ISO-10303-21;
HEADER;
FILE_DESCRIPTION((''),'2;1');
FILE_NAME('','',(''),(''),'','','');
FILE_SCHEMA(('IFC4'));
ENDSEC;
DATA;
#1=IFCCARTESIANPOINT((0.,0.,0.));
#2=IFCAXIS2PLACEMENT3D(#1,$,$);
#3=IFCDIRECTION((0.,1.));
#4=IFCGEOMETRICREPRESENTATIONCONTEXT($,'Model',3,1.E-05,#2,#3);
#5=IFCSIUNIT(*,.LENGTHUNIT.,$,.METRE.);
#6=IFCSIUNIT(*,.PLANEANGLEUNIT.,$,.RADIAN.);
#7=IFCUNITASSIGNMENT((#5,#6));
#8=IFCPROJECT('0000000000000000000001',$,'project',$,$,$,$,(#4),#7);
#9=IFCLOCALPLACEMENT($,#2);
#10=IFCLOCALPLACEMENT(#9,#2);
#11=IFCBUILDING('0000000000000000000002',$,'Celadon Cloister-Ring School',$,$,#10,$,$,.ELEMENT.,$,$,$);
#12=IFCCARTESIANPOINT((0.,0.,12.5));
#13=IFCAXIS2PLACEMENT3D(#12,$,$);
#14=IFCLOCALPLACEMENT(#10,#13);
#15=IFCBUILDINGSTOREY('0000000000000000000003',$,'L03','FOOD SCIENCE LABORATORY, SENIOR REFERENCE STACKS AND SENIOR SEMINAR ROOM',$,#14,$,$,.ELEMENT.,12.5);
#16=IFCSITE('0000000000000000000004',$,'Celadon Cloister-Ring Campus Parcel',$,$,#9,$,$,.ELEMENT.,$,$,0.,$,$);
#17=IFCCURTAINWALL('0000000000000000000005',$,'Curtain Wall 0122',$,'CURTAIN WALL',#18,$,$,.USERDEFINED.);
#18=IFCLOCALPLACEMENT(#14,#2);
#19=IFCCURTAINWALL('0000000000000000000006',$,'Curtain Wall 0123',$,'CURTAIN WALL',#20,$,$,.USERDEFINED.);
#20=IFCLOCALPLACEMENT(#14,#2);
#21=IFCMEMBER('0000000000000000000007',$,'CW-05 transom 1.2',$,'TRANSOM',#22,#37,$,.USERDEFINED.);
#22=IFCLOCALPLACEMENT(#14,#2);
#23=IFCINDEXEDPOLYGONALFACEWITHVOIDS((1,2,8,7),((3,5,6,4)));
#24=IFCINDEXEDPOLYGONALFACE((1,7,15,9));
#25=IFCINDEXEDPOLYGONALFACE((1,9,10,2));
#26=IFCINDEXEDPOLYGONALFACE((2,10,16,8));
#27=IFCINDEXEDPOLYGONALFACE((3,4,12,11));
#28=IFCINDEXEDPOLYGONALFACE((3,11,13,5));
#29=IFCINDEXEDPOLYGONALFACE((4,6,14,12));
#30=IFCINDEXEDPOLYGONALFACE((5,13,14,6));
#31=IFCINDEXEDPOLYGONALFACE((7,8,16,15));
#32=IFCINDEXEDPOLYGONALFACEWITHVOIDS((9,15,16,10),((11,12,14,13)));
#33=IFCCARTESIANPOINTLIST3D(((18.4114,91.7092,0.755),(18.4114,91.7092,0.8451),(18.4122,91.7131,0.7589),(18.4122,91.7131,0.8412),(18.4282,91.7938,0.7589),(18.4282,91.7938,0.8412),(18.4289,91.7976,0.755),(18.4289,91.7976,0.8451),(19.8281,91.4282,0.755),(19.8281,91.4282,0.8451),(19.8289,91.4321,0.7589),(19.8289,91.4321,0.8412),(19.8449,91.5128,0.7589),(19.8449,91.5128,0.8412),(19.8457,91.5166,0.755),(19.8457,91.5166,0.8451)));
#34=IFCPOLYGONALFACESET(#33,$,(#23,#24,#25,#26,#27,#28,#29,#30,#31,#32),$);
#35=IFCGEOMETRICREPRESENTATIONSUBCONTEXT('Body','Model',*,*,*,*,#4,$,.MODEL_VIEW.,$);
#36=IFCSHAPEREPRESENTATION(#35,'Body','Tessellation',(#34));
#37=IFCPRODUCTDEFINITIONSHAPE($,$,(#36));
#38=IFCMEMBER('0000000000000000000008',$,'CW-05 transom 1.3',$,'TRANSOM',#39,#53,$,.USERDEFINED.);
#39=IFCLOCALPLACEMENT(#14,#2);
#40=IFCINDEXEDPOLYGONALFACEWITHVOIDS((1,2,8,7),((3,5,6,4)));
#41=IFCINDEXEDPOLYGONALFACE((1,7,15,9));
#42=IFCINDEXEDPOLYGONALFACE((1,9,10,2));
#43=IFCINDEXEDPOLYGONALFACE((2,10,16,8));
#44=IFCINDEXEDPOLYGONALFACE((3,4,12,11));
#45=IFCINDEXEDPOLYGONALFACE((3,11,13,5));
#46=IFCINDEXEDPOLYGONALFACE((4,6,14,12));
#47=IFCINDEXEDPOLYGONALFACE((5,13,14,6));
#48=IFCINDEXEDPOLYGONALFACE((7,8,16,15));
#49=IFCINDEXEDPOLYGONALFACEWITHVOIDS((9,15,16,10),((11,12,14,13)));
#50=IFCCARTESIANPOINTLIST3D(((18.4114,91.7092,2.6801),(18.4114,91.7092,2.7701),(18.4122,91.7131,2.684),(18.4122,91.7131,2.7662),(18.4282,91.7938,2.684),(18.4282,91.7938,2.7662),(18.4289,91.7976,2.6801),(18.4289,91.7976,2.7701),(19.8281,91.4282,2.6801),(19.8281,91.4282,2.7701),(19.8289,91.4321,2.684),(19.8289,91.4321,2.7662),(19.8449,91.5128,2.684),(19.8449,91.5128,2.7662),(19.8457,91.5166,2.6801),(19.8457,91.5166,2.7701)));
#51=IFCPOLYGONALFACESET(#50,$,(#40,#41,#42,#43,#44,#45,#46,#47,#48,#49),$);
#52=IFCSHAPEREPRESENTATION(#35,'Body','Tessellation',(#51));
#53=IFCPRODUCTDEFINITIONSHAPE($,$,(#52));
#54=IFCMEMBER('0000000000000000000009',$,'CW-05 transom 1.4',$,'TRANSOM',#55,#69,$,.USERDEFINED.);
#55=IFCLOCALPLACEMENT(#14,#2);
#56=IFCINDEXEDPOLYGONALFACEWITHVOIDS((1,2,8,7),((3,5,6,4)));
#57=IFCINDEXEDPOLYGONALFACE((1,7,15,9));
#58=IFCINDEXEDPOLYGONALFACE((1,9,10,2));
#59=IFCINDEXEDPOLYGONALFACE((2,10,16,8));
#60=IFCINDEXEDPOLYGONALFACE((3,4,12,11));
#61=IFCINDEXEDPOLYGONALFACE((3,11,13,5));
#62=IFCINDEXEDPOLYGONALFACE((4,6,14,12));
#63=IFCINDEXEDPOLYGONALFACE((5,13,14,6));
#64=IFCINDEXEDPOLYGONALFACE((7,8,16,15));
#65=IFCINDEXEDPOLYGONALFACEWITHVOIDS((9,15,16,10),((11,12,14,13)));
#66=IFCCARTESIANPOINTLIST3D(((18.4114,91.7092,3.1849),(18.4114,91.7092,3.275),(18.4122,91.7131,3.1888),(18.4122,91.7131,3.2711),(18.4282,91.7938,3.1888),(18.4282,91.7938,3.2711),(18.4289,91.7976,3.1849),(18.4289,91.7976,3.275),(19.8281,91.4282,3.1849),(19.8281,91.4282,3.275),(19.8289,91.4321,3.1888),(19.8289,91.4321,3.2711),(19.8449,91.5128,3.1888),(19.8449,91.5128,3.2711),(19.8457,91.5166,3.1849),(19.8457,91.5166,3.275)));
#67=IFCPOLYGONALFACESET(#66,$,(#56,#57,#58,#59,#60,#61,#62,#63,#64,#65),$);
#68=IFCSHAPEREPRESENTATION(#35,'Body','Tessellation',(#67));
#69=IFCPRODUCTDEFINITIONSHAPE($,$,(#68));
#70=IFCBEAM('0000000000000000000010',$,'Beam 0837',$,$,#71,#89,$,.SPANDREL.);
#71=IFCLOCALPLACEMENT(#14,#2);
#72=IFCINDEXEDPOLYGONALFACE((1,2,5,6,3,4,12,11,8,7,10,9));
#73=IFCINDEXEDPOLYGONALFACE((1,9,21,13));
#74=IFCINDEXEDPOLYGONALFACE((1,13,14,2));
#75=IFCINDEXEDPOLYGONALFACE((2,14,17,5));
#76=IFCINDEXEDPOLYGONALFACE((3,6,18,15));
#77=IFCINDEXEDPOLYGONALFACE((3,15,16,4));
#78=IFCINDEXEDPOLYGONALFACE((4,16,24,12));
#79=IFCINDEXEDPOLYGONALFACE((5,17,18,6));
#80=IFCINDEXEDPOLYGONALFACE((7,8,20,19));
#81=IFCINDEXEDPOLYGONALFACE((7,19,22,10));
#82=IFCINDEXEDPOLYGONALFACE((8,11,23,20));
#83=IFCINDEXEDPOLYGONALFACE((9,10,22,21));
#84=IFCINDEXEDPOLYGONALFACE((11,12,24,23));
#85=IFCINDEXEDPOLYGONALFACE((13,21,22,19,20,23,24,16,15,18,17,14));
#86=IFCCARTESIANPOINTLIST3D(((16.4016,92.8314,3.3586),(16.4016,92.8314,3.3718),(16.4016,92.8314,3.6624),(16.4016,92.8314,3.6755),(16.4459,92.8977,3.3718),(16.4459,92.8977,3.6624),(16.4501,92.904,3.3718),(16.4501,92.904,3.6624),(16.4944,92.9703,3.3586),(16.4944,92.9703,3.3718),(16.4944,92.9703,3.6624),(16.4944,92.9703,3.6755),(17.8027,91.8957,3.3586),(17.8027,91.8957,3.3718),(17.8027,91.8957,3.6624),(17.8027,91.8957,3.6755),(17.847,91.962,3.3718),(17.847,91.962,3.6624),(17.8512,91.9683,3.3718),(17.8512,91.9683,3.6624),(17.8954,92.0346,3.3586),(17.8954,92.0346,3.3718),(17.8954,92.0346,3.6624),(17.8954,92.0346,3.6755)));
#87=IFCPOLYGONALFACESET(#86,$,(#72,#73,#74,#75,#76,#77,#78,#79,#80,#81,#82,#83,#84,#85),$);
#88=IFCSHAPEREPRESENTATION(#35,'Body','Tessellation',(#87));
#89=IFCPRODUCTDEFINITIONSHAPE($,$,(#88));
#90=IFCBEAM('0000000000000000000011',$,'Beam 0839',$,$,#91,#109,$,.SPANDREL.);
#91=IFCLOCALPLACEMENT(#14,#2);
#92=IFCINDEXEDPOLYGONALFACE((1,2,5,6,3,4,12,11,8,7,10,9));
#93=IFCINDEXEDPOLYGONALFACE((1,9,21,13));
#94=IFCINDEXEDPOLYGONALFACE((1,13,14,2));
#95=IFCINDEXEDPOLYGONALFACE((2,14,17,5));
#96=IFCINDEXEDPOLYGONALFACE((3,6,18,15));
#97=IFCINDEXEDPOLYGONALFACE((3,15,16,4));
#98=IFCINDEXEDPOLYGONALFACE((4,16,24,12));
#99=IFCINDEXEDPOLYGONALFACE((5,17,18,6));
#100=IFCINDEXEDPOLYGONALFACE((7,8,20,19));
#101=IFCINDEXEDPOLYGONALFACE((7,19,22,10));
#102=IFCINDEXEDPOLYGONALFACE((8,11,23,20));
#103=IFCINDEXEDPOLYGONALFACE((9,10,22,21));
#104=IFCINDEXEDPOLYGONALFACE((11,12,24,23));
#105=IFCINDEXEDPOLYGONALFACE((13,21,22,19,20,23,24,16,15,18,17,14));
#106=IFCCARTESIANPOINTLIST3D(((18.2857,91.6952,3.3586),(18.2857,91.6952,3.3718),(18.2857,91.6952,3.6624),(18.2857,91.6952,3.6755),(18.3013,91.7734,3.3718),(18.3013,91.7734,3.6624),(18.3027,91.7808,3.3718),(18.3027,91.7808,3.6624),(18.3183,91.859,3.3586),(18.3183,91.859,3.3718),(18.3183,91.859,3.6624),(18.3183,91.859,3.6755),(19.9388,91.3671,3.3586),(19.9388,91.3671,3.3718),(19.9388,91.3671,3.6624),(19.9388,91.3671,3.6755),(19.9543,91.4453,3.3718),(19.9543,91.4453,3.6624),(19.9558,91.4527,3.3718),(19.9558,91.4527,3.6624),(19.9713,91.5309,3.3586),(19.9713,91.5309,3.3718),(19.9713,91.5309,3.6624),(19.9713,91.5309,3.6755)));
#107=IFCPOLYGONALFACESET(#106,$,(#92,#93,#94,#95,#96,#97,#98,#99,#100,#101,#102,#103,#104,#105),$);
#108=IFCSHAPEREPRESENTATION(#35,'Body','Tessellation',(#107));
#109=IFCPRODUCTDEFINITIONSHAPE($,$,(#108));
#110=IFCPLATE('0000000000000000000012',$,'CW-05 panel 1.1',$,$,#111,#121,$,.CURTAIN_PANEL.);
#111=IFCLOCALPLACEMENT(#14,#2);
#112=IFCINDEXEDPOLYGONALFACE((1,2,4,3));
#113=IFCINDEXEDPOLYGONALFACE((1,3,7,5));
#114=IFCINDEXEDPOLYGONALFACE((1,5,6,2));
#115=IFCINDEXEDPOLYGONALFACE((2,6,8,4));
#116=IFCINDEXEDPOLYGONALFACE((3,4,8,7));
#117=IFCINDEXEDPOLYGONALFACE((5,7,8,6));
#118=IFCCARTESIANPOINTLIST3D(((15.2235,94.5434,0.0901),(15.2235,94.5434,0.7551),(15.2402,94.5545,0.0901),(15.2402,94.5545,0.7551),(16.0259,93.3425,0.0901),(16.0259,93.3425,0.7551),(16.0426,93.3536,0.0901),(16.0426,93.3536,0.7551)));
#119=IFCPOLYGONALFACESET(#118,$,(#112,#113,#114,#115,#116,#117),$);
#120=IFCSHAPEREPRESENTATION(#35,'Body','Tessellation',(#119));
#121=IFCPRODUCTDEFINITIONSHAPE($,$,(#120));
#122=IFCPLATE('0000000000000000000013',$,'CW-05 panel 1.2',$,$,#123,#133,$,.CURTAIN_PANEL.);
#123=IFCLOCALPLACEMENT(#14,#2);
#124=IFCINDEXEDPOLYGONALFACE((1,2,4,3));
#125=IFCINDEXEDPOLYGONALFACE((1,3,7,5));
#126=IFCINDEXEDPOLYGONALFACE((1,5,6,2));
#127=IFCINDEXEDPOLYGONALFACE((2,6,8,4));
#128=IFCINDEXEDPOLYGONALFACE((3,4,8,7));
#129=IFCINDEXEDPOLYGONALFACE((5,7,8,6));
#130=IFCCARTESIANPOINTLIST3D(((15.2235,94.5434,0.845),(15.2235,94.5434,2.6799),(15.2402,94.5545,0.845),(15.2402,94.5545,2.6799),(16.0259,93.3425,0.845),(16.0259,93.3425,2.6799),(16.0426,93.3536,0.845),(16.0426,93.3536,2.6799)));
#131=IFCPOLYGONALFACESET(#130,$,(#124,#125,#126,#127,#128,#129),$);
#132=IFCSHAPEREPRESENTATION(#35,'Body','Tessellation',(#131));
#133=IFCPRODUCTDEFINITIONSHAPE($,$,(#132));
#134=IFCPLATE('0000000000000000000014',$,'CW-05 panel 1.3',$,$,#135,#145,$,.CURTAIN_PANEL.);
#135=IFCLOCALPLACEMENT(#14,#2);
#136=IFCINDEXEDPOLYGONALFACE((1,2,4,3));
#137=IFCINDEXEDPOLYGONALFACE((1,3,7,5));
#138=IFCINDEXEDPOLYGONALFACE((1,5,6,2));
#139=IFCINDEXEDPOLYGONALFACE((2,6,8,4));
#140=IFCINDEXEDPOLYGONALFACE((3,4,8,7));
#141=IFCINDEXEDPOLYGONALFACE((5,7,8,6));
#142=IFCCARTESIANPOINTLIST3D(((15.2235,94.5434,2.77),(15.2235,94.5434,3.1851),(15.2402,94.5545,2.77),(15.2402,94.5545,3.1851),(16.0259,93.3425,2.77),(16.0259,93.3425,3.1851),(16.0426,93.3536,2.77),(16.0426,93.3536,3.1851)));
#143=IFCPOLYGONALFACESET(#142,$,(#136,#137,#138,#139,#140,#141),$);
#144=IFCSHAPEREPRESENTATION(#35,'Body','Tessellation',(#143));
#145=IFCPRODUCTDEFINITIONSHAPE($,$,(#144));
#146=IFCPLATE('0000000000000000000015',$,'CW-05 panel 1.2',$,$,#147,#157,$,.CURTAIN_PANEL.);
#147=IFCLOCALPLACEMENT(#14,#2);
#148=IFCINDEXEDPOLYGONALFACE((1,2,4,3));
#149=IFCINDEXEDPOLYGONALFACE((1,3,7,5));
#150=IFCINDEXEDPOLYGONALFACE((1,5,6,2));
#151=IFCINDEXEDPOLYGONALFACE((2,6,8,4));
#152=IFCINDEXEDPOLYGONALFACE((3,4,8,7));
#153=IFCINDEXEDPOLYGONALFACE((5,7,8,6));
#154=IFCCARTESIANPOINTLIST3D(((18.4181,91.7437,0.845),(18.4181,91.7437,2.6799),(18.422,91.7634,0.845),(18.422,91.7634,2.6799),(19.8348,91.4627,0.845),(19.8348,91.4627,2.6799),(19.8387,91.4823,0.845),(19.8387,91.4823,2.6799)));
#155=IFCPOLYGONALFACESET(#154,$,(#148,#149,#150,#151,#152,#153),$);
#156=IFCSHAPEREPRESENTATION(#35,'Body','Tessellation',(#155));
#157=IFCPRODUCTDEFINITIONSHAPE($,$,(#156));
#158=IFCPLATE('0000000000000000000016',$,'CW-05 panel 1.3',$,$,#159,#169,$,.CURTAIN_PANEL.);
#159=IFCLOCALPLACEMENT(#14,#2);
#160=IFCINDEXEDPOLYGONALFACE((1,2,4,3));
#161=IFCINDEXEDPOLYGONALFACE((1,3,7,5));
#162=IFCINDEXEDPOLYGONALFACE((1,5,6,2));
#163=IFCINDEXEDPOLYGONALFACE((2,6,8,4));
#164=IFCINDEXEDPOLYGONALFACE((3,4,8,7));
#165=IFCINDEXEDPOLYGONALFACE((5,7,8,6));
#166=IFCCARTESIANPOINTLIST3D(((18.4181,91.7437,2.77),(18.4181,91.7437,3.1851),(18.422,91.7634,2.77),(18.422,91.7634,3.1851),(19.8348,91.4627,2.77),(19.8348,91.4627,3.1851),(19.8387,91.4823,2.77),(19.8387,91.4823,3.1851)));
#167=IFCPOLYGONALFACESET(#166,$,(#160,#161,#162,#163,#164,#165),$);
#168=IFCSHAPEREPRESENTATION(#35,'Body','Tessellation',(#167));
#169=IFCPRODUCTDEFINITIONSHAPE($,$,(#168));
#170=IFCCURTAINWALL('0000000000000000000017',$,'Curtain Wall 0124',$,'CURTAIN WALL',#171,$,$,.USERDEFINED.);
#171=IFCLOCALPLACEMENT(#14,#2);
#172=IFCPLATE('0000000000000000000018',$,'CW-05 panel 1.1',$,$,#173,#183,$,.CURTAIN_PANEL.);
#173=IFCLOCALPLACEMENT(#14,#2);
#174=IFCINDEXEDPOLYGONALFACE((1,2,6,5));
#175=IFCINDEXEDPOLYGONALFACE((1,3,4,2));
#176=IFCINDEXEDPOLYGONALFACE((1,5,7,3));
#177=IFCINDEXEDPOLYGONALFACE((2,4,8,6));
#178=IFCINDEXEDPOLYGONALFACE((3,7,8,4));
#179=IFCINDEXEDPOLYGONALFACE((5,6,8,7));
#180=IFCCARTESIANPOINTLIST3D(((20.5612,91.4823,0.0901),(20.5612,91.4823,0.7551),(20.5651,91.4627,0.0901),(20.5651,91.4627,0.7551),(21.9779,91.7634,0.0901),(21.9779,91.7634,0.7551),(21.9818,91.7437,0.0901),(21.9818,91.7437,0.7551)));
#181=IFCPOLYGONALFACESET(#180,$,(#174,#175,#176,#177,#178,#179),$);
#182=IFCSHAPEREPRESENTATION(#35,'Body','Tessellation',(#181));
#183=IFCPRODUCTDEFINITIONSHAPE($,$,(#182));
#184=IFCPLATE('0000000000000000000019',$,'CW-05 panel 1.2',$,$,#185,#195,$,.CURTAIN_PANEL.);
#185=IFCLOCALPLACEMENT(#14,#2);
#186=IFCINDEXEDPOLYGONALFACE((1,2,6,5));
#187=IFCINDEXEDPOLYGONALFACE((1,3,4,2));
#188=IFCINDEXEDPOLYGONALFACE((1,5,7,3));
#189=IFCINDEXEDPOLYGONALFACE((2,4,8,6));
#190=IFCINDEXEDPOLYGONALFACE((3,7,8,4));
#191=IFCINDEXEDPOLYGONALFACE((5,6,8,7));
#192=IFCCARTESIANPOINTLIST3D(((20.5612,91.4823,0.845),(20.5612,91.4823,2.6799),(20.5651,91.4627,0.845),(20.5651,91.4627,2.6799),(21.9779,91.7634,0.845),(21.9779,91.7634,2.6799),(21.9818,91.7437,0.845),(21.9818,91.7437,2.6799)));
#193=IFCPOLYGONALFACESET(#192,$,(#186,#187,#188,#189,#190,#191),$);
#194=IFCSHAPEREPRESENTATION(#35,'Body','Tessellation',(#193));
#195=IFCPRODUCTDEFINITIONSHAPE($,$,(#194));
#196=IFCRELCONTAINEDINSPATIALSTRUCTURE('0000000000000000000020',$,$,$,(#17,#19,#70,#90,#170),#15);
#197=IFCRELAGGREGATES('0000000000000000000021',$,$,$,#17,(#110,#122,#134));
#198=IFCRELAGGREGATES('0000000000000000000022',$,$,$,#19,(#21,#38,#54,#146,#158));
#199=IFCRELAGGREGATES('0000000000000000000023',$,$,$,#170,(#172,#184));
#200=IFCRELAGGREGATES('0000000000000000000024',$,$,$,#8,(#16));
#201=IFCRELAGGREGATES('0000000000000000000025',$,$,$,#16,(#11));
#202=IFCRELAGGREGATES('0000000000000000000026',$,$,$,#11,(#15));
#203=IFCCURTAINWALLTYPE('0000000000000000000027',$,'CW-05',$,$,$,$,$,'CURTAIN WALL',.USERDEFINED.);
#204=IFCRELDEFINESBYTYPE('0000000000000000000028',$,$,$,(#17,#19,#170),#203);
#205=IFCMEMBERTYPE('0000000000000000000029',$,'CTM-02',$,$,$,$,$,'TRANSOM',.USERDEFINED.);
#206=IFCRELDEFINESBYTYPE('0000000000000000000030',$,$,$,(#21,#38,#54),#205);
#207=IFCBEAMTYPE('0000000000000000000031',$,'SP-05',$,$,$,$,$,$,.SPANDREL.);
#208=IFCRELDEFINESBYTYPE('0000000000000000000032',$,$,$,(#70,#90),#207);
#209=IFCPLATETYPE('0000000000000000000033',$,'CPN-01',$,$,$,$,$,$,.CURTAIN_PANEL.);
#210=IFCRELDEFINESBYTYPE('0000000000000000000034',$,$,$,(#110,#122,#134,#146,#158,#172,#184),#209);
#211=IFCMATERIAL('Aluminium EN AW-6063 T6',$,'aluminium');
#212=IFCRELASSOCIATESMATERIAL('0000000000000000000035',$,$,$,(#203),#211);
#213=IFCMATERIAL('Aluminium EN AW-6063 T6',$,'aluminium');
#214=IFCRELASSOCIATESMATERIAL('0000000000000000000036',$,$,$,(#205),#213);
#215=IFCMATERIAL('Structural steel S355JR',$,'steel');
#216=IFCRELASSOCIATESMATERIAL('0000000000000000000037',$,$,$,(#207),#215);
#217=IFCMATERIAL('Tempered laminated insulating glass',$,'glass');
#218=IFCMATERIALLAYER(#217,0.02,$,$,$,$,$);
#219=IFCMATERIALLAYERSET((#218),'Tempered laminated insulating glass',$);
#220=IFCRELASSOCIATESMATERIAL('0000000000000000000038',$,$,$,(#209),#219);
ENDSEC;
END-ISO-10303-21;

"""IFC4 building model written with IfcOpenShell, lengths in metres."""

from ifc_helpers import new_model, si_unit, direction, frame, origin, origin_2d, place, context, subcontext, project, spatial, rectangle, hollow_rectangle, i_section, extrude, material, layer, layer_set, material_profile, profile_set, type_object, element, aggregate, save


model = new_model("IFC4")

# Units and contexts
model_context = context("Model", 3, precision=1e-05, world=origin(), true_north=direction((0.0, 1.0)))
body_context = subcontext(model_context, "Body", "Model", "MODEL_VIEW")
ifc_project = project(units=[si_unit("LENGTHUNIT", "METRE"), si_unit("PLANEANGLEUNIT", "RADIAN")], contexts=[model_context])

# Site, building, storey
site_placement = place(None, origin())
site = spatial("IfcSite", under=ifc_project, at=site_placement, Name="Celadon Cloister-Ring Campus Parcel", CompositionType="ELEMENT", RefElevation=0.0)
building_placement = place(site_placement, origin())
building = spatial("IfcBuilding", under=site, at=building_placement, Name="Celadon Cloister-Ring School", CompositionType="ELEMENT")
storey_placement = place(building_placement, frame((0.0, 0.0, 12.5)))
storey = spatial("IfcBuildingStorey", under=building, at=storey_placement, Name="L03", Description="FOOD SCIENCE LABORATORY, SENIOR REFERENCE STACKS AND SENIOR SEMINAR ROOM", CompositionType="ELEMENT", Elevation=12.5)

# Curtain walls
ifc_material_1 = material(Name="Aluminium EN AW-6063 T6", Category="aluminium")
curtain_wall_type = type_object("IfcCurtainWallType", Name="CW-05", ElementType="CURTAIN WALL", PredefinedType="USERDEFINED", material=ifc_material_1)
curtain_wall_1_placement = place(storey_placement, origin())
curtain_wall_1 = element("IfcCurtainWall", 1, at=curtain_wall_1_placement, inside=storey, type_object=curtain_wall_type, Name="Curtain Wall 0122", ObjectType="CURTAIN WALL", PredefinedType="USERDEFINED")
curtain_wall_2_placement = place(storey_placement, origin())
curtain_wall_2 = element("IfcCurtainWall", 2, at=curtain_wall_2_placement, inside=storey, type_object=curtain_wall_type, Name="Curtain Wall 0123", ObjectType="CURTAIN WALL", PredefinedType="USERDEFINED")

# Members
ifc_material_2 = material(Name="Aluminium EN AW-6063 T6", Category="aluminium")
ifc_material_profile_1 = material_profile(ifc_material_2, hollow_rectangle(XDim=0.0901, YDim=0.0901, WallThickness=0.0039, at=origin_2d()), Name="RHS90X90X4")
ifc_profile_set_1 = profile_set([ifc_material_profile_1], Name="Aluminium EN AW-6063 T6")
member_type_1 = type_object("IfcMemberType", Name="CTM-02", ElementType="TRANSOM", PredefinedType="USERDEFINED", material=ifc_profile_set_1)
member_1_placement = place(storey_placement, frame((18.4202, 91.7534, 0.8), z_axis=(0.980891, -0.194556, 0.0), x_axis=(0.194556, 0.980891, 0.0)))
member_1 = element("IfcMember", 3, at=member_1_placement, type_object=member_type_1, Name="CW-05 transom 1.2", ObjectType="TRANSOM", PredefinedType="USERDEFINED", context=body_context, shape_type="SweptSolid", body=[
    extrude(hollow_rectangle(XDim=0.0901, YDim=0.0901, WallThickness=0.0039, at=origin_2d()), origin(), (0.0, 0.0, 1.0), 1.4443),
])
member_2_placement = place(storey_placement, frame((18.4202, 91.7534, 2.7251), z_axis=(0.980891, -0.194556, 0.0), x_axis=(0.194556, 0.980891, 0.0)))
member_2 = element("IfcMember", 4, at=member_2_placement, type_object=member_type_1, Name="CW-05 transom 1.3", ObjectType="TRANSOM", PredefinedType="USERDEFINED", context=body_context, shape_type="SweptSolid", body=[
    extrude(hollow_rectangle(XDim=0.0901, YDim=0.0901, WallThickness=0.0039, at=origin_2d()), origin(), (0.0, 0.0, 1.0), 1.4443),
])
member_3_placement = place(storey_placement, frame((18.4202, 91.7534, 3.23), z_axis=(0.980891, -0.194556, 0.0), x_axis=(0.194556, 0.980891, 0.0)))
member_3 = element("IfcMember", 5, at=member_3_placement, type_object=member_type_1, Name="CW-05 transom 1.4", ObjectType="TRANSOM", PredefinedType="USERDEFINED", context=body_context, shape_type="SweptSolid", body=[
    extrude(hollow_rectangle(XDim=0.0901, YDim=0.0901, WallThickness=0.0039, at=origin_2d()), origin(), (0.0, 0.0, 1.0), 1.4443),
])

# Beams
ifc_material_3 = material(Name="Structural steel S355JR", Category="steel")
ifc_material_profile_2 = material_profile(ifc_material_3, i_section(OverallWidth=0.167, OverallDepth=0.3169, WebThickness=0.0076, FlangeThickness=0.0132, at=origin_2d()), Name="W310X52")
ifc_profile_set_2 = profile_set([ifc_material_profile_2], Name="Structural steel S355JR")
beam_type = type_object("IfcBeamType", Name="SP-05", PredefinedType="SPANDREL", material=ifc_profile_set_2)
beam_1_placement = place(storey_placement, frame((16.448, 92.9009, 3.5171), z_axis=(0.831582, -0.555402, 0.0), x_axis=(0.555402, 0.831582, 0.0)))
element("IfcBeam", 6, at=beam_1_placement, inside=storey, type_object=beam_type, Name="Beam 0837", PredefinedType="SPANDREL", context=body_context, shape_type="SweptSolid", body=[
    extrude(i_section(OverallWidth=0.167, OverallDepth=0.3169, WebThickness=0.0076, FlangeThickness=0.0132, at=origin_2d()), origin(), (0.0, 0.0, 1.0), 1.6848),
])
beam_2_placement = place(storey_placement, frame((18.302, 91.7771, 3.5171), z_axis=(0.980864, -0.194695, 0.0), x_axis=(0.194695, 0.980864, 0.0)))
element("IfcBeam", 7, at=beam_2_placement, inside=storey, type_object=beam_type, Name="Beam 0839", PredefinedType="SPANDREL", context=body_context, shape_type="SweptSolid", body=[
    extrude(i_section(OverallWidth=0.167, OverallDepth=0.3169, WebThickness=0.0076, FlangeThickness=0.0132, at=origin_2d()), origin(), (0.0, 0.0, 1.0), 1.6853),
])

# Plates
ifc_material_4 = material(Name="Tempered laminated insulating glass", Category="glass")
ifc_layer_1 = layer(ifc_material_4, 0.02)
ifc_layer_set_1 = layer_set([ifc_layer_1], Name="Tempered laminated insulating glass")
plate_type = type_object("IfcPlateType", Name="CPN-01", PredefinedType="CURTAIN_PANEL", material=ifc_layer_set_1)
plate_1_placement = place(storey_placement, frame((15.6331, 93.9485, 0.0901), z_axis=(0.0, 0.0, 1.0), x_axis=(0.555547, -0.831485, 0.0)))
plate_1 = element("IfcPlate", 8, at=plate_1_placement, type_object=plate_type, Name="CW-05 panel 1.1", PredefinedType="CURTAIN_PANEL", context=body_context, shape_type="SweptSolid", body=[
    extrude(rectangle(XDim=1.4443, YDim=0.02, at=origin_2d()), origin(), (0.0, 0.0, 1.0), 0.665),
])
plate_2_placement = place(storey_placement, frame((15.6331, 93.9485, 0.845), z_axis=(0.0, 0.0, 1.0), x_axis=(0.555547, -0.831485, 0.0)))
plate_2 = element("IfcPlate", 9, at=plate_2_placement, type_object=plate_type, Name="CW-05 panel 1.2", PredefinedType="CURTAIN_PANEL", context=body_context, shape_type="SweptSolid", body=[
    extrude(rectangle(XDim=1.4443, YDim=0.02, at=origin_2d()), origin(), (0.0, 0.0, 1.0), 1.835),
])
plate_3_placement = place(storey_placement, frame((15.6331, 93.9485, 2.77), z_axis=(0.0, 0.0, 1.0), x_axis=(0.555547, -0.831485, 0.0)))
plate_3 = element("IfcPlate", 10, at=plate_3_placement, type_object=plate_type, Name="CW-05 panel 1.3", PredefinedType="CURTAIN_PANEL", context=body_context, shape_type="SweptSolid", body=[
    extrude(rectangle(XDim=1.4443, YDim=0.02, at=origin_2d()), origin(), (0.0, 0.0, 1.0), 0.415),
])
aggregate(curtain_wall_1, [plate_1, plate_2, plate_3])
plate_4_placement = place(storey_placement, frame((19.1284, 91.613, 0.845), z_axis=(0.0, 0.0, 1.0), x_axis=(0.980885, -0.194586, 0.0)))
plate_4 = element("IfcPlate", 11, at=plate_4_placement, type_object=plate_type, Name="CW-05 panel 1.2", PredefinedType="CURTAIN_PANEL", context=body_context, shape_type="SweptSolid", body=[
    extrude(rectangle(XDim=1.4443, YDim=0.02, at=origin_2d()), origin(), (0.0, 0.0, 1.0), 1.835),
])
plate_5_placement = place(storey_placement, frame((19.1284, 91.613, 2.77), z_axis=(0.0, 0.0, 1.0), x_axis=(0.980885, -0.194586, 0.0)))
plate_5 = element("IfcPlate", 12, at=plate_5_placement, type_object=plate_type, Name="CW-05 panel 1.3", PredefinedType="CURTAIN_PANEL", context=body_context, shape_type="SweptSolid", body=[
    extrude(rectangle(XDim=1.4443, YDim=0.02, at=origin_2d()), origin(), (0.0, 0.0, 1.0), 0.415),
])
aggregate(curtain_wall_2, [member_1, member_2, member_3, plate_4, plate_5])

# Curtain wall, plates
curtain_wall_3_placement = place(storey_placement, origin())
curtain_wall_3 = element("IfcCurtainWall", 13, at=curtain_wall_3_placement, inside=storey, type_object=curtain_wall_type, Name="Curtain Wall 0124", ObjectType="CURTAIN WALL", PredefinedType="USERDEFINED")
plate_6_placement = place(storey_placement, frame((21.2715, 91.613, 0.0901), z_axis=(0.0, 0.0, 1.0), x_axis=(0.980885, 0.194586, 0.0)))
plate_6 = element("IfcPlate", 14, at=plate_6_placement, type_object=plate_type, Name="CW-05 panel 1.1", PredefinedType="CURTAIN_PANEL", context=body_context, shape_type="SweptSolid", body=[
    extrude(rectangle(XDim=1.4443, YDim=0.02, at=origin_2d()), origin(), (0.0, 0.0, 1.0), 0.665),
])
plate_7_placement = place(storey_placement, frame((21.2715, 91.613, 0.845), z_axis=(0.0, 0.0, 1.0), x_axis=(0.980885, 0.194586, 0.0)))
plate_7 = element("IfcPlate", 15, at=plate_7_placement, type_object=plate_type, Name="CW-05 panel 1.2", PredefinedType="CURTAIN_PANEL", context=body_context, shape_type="SweptSolid", body=[
    extrude(rectangle(XDim=1.4443, YDim=0.02, at=origin_2d()), origin(), (0.0, 0.0, 1.0), 1.835),
])
aggregate(curtain_wall_3, [plate_6, plate_7])

save(model, "model.ifc")
